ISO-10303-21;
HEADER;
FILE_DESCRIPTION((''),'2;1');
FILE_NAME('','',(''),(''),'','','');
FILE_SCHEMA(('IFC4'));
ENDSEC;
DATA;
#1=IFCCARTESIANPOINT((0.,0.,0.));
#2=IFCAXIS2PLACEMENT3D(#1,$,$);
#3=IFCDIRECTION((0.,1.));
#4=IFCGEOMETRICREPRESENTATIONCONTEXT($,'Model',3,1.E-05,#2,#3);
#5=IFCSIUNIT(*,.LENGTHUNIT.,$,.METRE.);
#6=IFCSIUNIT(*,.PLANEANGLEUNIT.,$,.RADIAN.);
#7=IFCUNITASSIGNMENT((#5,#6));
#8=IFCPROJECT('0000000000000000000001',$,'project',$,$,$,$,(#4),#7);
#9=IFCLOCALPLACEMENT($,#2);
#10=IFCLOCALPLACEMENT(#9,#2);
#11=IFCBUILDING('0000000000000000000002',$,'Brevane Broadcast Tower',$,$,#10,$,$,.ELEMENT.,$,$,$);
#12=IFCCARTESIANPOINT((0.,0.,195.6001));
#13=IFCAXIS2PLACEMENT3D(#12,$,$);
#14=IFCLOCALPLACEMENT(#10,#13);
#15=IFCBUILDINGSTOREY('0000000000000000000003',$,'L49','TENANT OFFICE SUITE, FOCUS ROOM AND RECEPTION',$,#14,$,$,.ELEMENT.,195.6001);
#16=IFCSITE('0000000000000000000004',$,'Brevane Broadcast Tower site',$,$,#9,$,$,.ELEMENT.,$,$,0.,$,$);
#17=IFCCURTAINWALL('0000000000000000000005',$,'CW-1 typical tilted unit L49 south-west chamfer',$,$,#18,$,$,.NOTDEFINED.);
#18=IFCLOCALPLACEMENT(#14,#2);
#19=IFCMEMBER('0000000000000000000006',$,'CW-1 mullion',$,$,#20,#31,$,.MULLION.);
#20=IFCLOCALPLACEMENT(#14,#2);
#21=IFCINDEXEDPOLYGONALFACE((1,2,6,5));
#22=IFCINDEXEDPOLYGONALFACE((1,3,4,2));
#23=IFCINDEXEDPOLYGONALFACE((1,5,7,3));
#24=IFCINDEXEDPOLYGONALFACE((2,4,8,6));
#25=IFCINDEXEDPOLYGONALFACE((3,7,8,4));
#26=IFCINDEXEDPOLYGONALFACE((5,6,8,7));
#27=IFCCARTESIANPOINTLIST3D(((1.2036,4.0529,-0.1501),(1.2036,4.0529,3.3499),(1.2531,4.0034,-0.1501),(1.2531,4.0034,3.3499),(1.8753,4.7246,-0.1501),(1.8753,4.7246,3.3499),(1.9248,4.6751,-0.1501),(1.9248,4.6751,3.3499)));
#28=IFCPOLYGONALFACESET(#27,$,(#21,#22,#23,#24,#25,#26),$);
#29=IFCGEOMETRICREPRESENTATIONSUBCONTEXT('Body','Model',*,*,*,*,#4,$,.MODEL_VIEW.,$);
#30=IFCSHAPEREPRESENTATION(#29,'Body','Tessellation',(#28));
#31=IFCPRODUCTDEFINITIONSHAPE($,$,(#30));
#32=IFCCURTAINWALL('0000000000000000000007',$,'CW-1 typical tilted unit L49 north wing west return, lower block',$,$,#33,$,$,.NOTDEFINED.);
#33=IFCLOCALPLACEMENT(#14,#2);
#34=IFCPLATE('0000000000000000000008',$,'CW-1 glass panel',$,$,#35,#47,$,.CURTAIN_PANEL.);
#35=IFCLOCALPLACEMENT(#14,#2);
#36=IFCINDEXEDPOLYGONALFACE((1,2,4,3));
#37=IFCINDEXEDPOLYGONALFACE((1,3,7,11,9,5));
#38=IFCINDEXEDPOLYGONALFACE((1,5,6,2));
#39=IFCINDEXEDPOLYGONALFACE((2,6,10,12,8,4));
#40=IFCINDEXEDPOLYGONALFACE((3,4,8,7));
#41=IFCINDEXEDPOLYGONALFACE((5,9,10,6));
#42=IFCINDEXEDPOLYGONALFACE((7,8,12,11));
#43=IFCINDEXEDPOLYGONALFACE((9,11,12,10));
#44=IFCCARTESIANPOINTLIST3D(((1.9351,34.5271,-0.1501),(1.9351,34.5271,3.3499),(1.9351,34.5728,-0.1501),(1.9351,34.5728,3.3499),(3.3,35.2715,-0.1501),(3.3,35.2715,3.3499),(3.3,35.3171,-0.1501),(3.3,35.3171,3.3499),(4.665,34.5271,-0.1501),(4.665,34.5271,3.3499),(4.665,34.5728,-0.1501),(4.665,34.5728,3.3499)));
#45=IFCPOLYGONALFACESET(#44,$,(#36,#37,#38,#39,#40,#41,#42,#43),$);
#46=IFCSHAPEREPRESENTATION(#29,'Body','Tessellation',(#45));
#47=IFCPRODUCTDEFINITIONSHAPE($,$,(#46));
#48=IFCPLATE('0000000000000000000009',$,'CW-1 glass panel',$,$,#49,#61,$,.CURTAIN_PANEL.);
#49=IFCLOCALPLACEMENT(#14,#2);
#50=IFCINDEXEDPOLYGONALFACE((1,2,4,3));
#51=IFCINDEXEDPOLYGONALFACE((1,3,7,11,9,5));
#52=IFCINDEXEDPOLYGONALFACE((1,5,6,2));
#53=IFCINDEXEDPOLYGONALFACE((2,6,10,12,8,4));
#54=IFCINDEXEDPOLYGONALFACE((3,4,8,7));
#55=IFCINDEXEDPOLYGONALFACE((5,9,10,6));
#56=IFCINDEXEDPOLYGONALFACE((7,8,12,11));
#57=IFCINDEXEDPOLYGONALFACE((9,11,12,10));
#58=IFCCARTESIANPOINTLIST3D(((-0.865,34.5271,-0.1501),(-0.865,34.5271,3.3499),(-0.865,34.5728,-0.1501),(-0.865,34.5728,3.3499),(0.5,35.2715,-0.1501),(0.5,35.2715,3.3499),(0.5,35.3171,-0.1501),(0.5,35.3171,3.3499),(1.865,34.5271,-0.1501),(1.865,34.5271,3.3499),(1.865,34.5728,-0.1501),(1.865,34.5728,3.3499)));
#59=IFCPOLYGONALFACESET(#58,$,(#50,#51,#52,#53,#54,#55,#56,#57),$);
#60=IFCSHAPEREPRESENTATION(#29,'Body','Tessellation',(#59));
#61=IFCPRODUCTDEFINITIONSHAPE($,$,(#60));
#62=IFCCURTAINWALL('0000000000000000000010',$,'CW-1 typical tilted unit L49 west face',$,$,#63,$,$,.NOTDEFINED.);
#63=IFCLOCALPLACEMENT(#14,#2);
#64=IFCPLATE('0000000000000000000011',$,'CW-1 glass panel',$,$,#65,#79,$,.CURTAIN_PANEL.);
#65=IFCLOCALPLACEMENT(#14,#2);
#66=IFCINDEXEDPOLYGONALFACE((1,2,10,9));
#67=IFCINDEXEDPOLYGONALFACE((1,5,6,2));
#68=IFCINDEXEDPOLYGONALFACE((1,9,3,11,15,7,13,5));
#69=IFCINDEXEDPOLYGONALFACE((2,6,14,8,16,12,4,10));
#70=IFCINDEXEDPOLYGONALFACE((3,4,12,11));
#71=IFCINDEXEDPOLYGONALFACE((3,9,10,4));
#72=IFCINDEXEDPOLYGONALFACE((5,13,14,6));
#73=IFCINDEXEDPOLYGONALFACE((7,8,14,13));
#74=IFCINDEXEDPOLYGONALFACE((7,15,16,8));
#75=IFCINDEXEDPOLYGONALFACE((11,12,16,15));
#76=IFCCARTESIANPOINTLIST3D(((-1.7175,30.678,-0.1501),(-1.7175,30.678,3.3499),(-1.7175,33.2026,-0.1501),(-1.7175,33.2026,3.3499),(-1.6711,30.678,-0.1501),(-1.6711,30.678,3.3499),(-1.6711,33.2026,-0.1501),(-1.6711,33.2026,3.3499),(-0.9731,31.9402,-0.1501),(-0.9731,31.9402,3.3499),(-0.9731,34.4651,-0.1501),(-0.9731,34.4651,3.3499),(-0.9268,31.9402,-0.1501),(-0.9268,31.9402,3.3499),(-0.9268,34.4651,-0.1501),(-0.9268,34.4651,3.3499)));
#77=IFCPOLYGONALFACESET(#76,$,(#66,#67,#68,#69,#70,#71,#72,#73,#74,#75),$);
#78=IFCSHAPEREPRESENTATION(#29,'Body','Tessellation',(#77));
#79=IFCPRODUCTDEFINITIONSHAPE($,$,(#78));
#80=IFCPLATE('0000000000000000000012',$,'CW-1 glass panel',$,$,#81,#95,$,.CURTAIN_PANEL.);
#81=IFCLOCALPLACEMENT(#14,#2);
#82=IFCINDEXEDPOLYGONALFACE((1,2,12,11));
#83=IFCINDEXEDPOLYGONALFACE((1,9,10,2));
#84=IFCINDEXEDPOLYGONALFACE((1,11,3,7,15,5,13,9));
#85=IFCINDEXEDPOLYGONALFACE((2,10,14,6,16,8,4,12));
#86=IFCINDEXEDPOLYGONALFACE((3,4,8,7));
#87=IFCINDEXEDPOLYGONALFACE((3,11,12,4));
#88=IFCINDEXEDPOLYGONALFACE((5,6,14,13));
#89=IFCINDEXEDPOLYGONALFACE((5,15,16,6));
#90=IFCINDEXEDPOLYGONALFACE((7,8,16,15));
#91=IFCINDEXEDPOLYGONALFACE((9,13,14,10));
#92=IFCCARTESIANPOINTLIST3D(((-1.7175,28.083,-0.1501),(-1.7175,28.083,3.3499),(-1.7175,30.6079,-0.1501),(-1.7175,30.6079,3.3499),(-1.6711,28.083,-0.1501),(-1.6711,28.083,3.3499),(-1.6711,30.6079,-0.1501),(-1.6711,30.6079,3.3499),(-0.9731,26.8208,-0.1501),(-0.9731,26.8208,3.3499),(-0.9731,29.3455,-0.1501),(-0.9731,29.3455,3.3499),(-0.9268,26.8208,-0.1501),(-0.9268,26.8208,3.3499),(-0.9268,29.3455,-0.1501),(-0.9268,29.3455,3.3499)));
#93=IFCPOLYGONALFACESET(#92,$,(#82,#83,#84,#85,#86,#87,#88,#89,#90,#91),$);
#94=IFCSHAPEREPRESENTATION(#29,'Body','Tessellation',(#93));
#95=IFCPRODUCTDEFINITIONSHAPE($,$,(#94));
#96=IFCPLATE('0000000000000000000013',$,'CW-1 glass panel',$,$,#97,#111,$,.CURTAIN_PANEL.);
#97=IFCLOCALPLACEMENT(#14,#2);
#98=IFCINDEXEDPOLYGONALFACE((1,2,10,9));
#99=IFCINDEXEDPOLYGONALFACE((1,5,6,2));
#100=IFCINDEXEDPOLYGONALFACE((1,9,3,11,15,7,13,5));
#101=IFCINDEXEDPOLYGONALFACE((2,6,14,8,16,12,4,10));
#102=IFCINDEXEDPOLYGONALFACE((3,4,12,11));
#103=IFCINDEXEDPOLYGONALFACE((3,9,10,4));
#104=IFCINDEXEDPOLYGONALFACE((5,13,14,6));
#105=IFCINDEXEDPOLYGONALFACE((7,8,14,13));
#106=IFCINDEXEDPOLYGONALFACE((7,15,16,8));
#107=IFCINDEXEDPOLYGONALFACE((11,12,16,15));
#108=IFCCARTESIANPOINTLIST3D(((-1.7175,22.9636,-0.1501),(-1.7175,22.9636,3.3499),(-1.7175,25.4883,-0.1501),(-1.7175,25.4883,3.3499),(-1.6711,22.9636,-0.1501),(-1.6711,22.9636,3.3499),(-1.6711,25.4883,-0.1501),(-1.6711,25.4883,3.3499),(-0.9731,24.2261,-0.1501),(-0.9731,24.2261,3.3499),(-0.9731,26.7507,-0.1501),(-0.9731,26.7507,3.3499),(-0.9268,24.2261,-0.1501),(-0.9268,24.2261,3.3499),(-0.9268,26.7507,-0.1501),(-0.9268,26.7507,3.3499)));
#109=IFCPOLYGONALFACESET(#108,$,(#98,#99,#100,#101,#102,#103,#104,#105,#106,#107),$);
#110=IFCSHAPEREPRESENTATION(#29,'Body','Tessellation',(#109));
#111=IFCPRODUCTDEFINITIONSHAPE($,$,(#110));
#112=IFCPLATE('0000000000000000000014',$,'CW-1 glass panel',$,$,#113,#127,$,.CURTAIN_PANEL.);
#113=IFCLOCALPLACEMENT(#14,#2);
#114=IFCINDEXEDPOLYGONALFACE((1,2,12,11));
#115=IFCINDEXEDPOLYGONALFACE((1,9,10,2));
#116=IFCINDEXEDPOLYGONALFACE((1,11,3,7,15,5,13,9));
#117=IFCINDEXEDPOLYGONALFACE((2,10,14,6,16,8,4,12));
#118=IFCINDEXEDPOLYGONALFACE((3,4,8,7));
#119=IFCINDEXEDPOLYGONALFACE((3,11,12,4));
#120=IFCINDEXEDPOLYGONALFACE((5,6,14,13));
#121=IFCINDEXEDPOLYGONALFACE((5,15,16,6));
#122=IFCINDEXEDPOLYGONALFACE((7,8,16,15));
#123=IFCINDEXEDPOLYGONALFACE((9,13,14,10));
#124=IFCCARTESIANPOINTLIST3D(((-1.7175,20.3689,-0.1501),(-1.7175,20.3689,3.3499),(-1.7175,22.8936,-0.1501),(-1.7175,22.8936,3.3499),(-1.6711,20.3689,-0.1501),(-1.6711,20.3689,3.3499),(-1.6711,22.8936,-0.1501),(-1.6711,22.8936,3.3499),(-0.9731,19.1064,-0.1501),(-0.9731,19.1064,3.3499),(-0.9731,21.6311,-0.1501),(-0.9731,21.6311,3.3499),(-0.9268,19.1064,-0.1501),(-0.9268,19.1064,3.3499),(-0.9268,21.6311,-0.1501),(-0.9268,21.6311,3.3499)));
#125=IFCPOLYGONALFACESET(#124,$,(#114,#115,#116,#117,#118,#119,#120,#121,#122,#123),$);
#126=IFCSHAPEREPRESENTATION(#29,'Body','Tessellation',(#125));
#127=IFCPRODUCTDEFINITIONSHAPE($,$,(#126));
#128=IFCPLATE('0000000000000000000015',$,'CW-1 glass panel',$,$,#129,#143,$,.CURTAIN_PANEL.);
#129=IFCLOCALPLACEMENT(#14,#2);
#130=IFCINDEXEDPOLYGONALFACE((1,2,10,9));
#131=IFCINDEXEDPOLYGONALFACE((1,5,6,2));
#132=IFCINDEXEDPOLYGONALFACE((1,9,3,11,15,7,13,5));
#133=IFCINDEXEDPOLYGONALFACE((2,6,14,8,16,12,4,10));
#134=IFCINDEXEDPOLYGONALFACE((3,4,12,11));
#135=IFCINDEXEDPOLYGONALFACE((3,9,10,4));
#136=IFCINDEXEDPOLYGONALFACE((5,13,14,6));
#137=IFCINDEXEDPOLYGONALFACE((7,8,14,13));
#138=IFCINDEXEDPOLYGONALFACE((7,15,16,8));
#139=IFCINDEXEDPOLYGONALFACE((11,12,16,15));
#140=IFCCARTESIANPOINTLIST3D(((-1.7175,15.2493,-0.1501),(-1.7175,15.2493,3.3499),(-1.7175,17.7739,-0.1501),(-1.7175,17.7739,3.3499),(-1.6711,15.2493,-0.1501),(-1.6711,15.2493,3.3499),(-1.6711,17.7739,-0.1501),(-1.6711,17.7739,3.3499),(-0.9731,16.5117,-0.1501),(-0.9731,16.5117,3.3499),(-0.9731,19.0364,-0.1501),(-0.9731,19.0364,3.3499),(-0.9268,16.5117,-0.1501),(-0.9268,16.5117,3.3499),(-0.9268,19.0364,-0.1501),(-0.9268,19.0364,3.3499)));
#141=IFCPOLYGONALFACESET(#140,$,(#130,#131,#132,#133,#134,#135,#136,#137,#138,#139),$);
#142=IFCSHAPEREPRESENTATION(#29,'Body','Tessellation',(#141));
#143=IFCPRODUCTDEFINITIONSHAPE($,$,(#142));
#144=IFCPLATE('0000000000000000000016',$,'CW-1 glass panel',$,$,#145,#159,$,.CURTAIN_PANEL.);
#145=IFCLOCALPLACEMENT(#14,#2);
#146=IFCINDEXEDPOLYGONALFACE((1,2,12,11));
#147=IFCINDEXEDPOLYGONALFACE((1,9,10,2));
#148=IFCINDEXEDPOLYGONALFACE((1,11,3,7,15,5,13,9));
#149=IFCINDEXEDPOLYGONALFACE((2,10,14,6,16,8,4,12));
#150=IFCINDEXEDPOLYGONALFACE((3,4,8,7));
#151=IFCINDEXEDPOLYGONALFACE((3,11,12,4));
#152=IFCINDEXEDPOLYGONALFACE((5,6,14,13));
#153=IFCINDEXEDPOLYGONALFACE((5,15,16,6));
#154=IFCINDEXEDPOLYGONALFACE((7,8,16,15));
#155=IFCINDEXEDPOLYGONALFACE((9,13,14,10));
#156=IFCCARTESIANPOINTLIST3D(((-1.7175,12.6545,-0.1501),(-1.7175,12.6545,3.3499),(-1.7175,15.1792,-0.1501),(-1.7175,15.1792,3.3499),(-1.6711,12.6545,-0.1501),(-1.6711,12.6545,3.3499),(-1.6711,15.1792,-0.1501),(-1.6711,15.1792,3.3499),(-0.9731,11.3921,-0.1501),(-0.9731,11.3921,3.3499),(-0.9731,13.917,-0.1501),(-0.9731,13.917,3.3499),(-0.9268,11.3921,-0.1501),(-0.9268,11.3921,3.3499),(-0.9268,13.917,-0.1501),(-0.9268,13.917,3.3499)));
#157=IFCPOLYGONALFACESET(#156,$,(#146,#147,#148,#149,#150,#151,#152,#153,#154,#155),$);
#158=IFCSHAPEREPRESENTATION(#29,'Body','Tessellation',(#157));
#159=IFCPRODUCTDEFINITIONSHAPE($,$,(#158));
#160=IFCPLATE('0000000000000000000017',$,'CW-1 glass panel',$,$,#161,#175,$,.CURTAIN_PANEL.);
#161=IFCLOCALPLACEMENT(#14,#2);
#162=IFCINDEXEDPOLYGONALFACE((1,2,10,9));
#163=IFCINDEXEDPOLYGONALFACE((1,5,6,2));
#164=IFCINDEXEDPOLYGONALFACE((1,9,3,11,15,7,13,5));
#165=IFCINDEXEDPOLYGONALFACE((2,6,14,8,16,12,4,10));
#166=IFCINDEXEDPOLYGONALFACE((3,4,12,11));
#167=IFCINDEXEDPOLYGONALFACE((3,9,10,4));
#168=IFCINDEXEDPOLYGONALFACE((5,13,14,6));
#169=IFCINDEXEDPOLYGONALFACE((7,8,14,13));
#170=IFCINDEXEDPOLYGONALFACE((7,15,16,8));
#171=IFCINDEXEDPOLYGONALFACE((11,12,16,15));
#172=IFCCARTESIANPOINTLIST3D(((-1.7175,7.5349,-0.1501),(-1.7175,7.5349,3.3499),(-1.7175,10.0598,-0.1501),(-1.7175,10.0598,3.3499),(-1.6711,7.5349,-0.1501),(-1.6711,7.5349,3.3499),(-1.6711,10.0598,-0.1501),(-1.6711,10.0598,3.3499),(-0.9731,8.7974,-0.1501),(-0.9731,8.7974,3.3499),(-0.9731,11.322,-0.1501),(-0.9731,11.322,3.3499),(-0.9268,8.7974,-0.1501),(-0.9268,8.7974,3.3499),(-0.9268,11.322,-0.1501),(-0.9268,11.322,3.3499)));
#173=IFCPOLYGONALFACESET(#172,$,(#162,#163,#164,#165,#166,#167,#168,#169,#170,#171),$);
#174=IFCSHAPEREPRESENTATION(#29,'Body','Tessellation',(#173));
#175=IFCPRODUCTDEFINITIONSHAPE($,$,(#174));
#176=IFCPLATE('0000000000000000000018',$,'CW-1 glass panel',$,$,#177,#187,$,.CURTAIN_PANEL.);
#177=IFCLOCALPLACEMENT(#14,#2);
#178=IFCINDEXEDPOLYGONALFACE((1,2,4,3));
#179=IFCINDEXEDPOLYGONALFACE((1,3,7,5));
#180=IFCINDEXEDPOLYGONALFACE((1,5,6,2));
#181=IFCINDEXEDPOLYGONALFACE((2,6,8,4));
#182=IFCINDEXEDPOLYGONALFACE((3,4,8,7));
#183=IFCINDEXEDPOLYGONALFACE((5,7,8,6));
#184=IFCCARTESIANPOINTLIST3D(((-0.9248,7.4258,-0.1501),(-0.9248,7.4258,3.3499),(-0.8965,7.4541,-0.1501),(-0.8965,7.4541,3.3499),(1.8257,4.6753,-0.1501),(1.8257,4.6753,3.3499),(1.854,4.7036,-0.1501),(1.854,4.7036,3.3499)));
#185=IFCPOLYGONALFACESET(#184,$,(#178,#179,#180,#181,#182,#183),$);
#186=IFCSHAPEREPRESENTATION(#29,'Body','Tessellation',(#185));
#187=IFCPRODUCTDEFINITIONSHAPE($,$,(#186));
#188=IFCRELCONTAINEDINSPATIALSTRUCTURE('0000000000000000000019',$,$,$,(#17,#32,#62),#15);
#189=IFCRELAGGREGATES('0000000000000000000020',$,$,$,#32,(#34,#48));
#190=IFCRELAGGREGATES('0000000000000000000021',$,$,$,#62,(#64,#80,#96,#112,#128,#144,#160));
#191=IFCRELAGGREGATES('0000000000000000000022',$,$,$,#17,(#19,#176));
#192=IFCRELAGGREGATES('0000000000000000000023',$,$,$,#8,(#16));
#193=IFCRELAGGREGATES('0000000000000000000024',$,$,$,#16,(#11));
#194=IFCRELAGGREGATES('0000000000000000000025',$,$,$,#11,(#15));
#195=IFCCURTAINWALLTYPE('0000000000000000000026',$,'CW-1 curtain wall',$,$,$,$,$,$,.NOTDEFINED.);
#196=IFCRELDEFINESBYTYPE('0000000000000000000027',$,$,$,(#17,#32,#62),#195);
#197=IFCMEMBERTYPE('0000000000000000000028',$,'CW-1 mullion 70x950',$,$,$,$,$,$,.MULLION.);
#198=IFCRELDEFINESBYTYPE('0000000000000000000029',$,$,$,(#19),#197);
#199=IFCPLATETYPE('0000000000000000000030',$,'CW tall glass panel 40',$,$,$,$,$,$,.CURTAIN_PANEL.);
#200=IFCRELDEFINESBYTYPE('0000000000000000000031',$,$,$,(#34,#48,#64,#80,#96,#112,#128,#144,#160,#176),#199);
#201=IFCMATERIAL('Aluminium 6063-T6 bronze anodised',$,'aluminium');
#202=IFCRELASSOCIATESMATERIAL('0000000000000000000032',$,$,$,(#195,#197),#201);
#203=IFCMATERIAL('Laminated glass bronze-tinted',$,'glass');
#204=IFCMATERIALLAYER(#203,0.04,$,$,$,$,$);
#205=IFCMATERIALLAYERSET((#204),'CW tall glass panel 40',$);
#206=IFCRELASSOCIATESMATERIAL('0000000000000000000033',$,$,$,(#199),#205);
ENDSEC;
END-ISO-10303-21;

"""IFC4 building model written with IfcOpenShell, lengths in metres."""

from ifc_helpers import new_model, si_unit, direction, frame, origin, origin_2d, place, context, subcontext, project, spatial, polyline, rectangle, outline, extrude, material, layer, layer_set, material_profile, profile_set, type_object, element, aggregate, save


model = new_model("IFC4")

# Units and contexts
model_context = context("Model", 3, precision=1e-05, world=origin(), true_north=direction((0.0, 1.0)))
body_context = subcontext(model_context, "Body", "Model", "MODEL_VIEW")
ifc_project = project(units=[si_unit("LENGTHUNIT", "METRE"), si_unit("PLANEANGLEUNIT", "RADIAN")], contexts=[model_context])

# Site, building, storey
site_placement = place(None, origin())
site = spatial("IfcSite", under=ifc_project, at=site_placement, Name="Brevane Broadcast Tower site", CompositionType="ELEMENT", RefElevation=0.0)
building_placement = place(site_placement, origin())
building = spatial("IfcBuilding", under=site, at=building_placement, Name="Brevane Broadcast Tower", CompositionType="ELEMENT")
storey_placement = place(building_placement, frame((0.0, 0.0, 195.6001)))
storey = spatial("IfcBuildingStorey", under=building, at=storey_placement, Name="L49", Description="TENANT OFFICE SUITE, FOCUS ROOM AND RECEPTION", CompositionType="ELEMENT", Elevation=195.6001)

# Curtain wall, member
ifc_material_1 = material(Name="Aluminium 6063-T6 bronze anodised", Category="aluminium")
curtain_wall_type = type_object("IfcCurtainWallType", Name="CW-1 curtain wall", PredefinedType="NOTDEFINED", material=ifc_material_1)
curtain_wall_1_placement = place(storey_placement, origin())
curtain_wall_1 = element("IfcCurtainWall", 1, at=curtain_wall_1_placement, inside=storey, type_object=curtain_wall_type, Name="CW-1 typical tilted unit L49 south-west chamfer", PredefinedType="NOTDEFINED")
ifc_material_profile = material_profile(ifc_material_1, rectangle(XDim=0.95, YDim=0.0701, at=origin_2d()), Name="RECT 70x950")
ifc_profile_set = profile_set([ifc_material_profile], Name="Aluminium 6063-T6 bronze anodised")
member_type = type_object("IfcMemberType", Name="CW-1 mullion 70x950", PredefinedType="MULLION", material=ifc_profile_set)
member_placement = place(storey_placement, frame((1.5642, 4.364, -0.1501), z_axis=(0.0, 0.0, 1.0), x_axis=(0.707107, 0.707107, 0.0)))
member = element("IfcMember", 2, at=member_placement, type_object=member_type, Name="CW-1 mullion", PredefinedType="MULLION", context=body_context, shape_type="SweptSolid", body=[
    extrude(rectangle(XDim=0.95, YDim=0.0701, at=origin_2d()), origin(), (0.0, 0.0, 1.0), 3.5),
])

# Curtain walls, plates
curtain_wall_2_placement = place(storey_placement, origin())
curtain_wall_2 = element("IfcCurtainWall", 3, at=curtain_wall_2_placement, inside=storey, type_object=curtain_wall_type, Name="CW-1 typical tilted unit L49 north wing west return, lower block", PredefinedType="NOTDEFINED")
ifc_material_2 = material(Name="Laminated glass bronze-tinted", Category="glass")
ifc_layer_1 = layer(ifc_material_2, 0.04)
ifc_layer_set_1 = layer_set([ifc_layer_1], Name="CW tall glass panel 40")
plate_type = type_object("IfcPlateType", Name="CW tall glass panel 40", PredefinedType="CURTAIN_PANEL", material=ifc_layer_set_1)
plate_1_placement = place(storey_placement, frame((0.0, 0.0, -0.1501)))
plate_1 = element("IfcPlate", 4, at=plate_1_placement, type_object=plate_type, Name="CW-1 glass panel", PredefinedType="CURTAIN_PANEL", context=body_context, shape_type="SweptSolid", body=[
    extrude(outline(polyline([(4.665, 34.5271), (4.665, 34.5728), (3.3, 35.3171), (1.9351, 34.5728), (1.9351, 34.5271), (3.3, 35.2715), (4.665, 34.5271)])), origin(), (0.0, 0.0, 1.0), 3.5),
])
plate_2_placement = place(storey_placement, frame((0.0, 0.0, -0.1501)))
plate_2 = element("IfcPlate", 5, at=plate_2_placement, type_object=plate_type, Name="CW-1 glass panel", PredefinedType="CURTAIN_PANEL", context=body_context, shape_type="SweptSolid", body=[
    extrude(outline(polyline([(1.865, 34.5271), (1.865, 34.5728), (0.5, 35.3171), (-0.865, 34.5728), (-0.865, 34.5271), (0.5, 35.2715), (1.865, 34.5271)])), origin(), (0.0, 0.0, 1.0), 3.5),
])
aggregate(curtain_wall_2, [plate_1, plate_2])
curtain_wall_3_placement = place(storey_placement, origin())
curtain_wall_3 = element("IfcCurtainWall", 6, at=curtain_wall_3_placement, inside=storey, type_object=curtain_wall_type, Name="CW-1 typical tilted unit L49 west face", PredefinedType="NOTDEFINED")
plate_3_placement = place(storey_placement, frame((0.0, 0.0, -0.1501)))
plate_3 = element("IfcPlate", 7, at=plate_3_placement, type_object=plate_type, Name="CW-1 glass panel", PredefinedType="CURTAIN_PANEL", context=body_context, shape_type="SweptSolid", body=[
    extrude(outline(polyline([(-0.9268, 34.4651), (-0.9731, 34.4651), (-1.7175, 33.2026), (-0.9731, 31.9402), (-1.7175, 30.678), (-1.6711, 30.678), (-0.9268, 31.9402), (-1.6711, 33.2026), (-0.9268, 34.4651)])), origin(), (0.0, 0.0, 1.0), 3.5),
])
plate_4_placement = place(storey_placement, frame((0.0, 0.0, -0.1501)))
plate_4 = element("IfcPlate", 8, at=plate_4_placement, type_object=plate_type, Name="CW-1 glass panel", PredefinedType="CURTAIN_PANEL", context=body_context, shape_type="SweptSolid", body=[
    extrude(outline(polyline([(-1.6711, 30.6079), (-1.7175, 30.6079), (-0.9731, 29.3455), (-1.7175, 28.083), (-0.9731, 26.8208), (-0.9268, 26.8208), (-1.6711, 28.083), (-0.9268, 29.3455), (-1.6711, 30.6079)])), origin(), (0.0, 0.0, 1.0), 3.5),
])
plate_5_placement = place(storey_placement, frame((0.0, 0.0, -0.1501)))
plate_5 = element("IfcPlate", 9, at=plate_5_placement, type_object=plate_type, Name="CW-1 glass panel", PredefinedType="CURTAIN_PANEL", context=body_context, shape_type="SweptSolid", body=[
    extrude(outline(polyline([(-0.9268, 26.7507), (-0.9731, 26.7507), (-1.7175, 25.4883), (-0.9731, 24.2261), (-1.7175, 22.9636), (-1.6711, 22.9636), (-0.9268, 24.2261), (-1.6711, 25.4883), (-0.9268, 26.7507)])), origin(), (0.0, 0.0, 1.0), 3.5),
])
plate_6_placement = place(storey_placement, frame((0.0, 0.0, -0.1501)))
plate_6 = element("IfcPlate", 10, at=plate_6_placement, type_object=plate_type, Name="CW-1 glass panel", PredefinedType="CURTAIN_PANEL", context=body_context, shape_type="SweptSolid", body=[
    extrude(outline(polyline([(-1.6711, 22.8936), (-1.7175, 22.8936), (-0.9731, 21.6311), (-1.7175, 20.3689), (-0.9731, 19.1064), (-0.9268, 19.1064), (-1.6711, 20.3689), (-0.9268, 21.6311), (-1.6711, 22.8936)])), origin(), (0.0, 0.0, 1.0), 3.5),
])
plate_7_placement = place(storey_placement, frame((0.0, 0.0, -0.1501)))
plate_7 = element("IfcPlate", 11, at=plate_7_placement, type_object=plate_type, Name="CW-1 glass panel", PredefinedType="CURTAIN_PANEL", context=body_context, shape_type="SweptSolid", body=[
    extrude(outline(polyline([(-0.9268, 19.0364), (-0.9731, 19.0364), (-1.7175, 17.7739), (-0.9731, 16.5117), (-1.7175, 15.2493), (-1.6711, 15.2493), (-0.9268, 16.5117), (-1.6711, 17.7739), (-0.9268, 19.0364)])), origin(), (0.0, 0.0, 1.0), 3.5),
])
plate_8_placement = place(storey_placement, frame((0.0, 0.0, -0.1501)))
plate_8 = element("IfcPlate", 12, at=plate_8_placement, type_object=plate_type, Name="CW-1 glass panel", PredefinedType="CURTAIN_PANEL", context=body_context, shape_type="SweptSolid", body=[
    extrude(outline(polyline([(-1.6711, 15.1792), (-1.7175, 15.1792), (-0.9731, 13.917), (-1.7175, 12.6545), (-0.9731, 11.3921), (-0.9268, 11.3921), (-1.6711, 12.6545), (-0.9268, 13.917), (-1.6711, 15.1792)])), origin(), (0.0, 0.0, 1.0), 3.5),
])
plate_9_placement = place(storey_placement, frame((0.0, 0.0, -0.1501)))
plate_9 = element("IfcPlate", 13, at=plate_9_placement, type_object=plate_type, Name="CW-1 glass panel", PredefinedType="CURTAIN_PANEL", context=body_context, shape_type="SweptSolid", body=[
    extrude(outline(polyline([(-0.9268, 11.322), (-0.9731, 11.322), (-1.7175, 10.0598), (-0.9731, 8.7974), (-1.7175, 7.5349), (-1.6711, 7.5349), (-0.9268, 8.7974), (-1.6711, 10.0598), (-0.9268, 11.322)])), origin(), (0.0, 0.0, 1.0), 3.5),
])
aggregate(curtain_wall_3, [plate_3, plate_4, plate_5, plate_6, plate_7, plate_8, plate_9])

# Plate
plate_10_placement = place(storey_placement, frame((0.0, 0.0, -0.1501)))
plate_10 = element("IfcPlate", 14, at=plate_10_placement, type_object=plate_type, Name="CW-1 glass panel", PredefinedType="CURTAIN_PANEL", context=body_context, shape_type="SweptSolid", body=[
    extrude(outline(polyline([(-0.8965, 7.4541), (1.854, 4.7036), (1.8257, 4.6753), (-0.9248, 7.4258), (-0.8965, 7.4541)])), origin(), (0.0, 0.0, 1.0), 3.5),
])
aggregate(curtain_wall_1, [member, plate_10])

save(model, "model.ifc")
